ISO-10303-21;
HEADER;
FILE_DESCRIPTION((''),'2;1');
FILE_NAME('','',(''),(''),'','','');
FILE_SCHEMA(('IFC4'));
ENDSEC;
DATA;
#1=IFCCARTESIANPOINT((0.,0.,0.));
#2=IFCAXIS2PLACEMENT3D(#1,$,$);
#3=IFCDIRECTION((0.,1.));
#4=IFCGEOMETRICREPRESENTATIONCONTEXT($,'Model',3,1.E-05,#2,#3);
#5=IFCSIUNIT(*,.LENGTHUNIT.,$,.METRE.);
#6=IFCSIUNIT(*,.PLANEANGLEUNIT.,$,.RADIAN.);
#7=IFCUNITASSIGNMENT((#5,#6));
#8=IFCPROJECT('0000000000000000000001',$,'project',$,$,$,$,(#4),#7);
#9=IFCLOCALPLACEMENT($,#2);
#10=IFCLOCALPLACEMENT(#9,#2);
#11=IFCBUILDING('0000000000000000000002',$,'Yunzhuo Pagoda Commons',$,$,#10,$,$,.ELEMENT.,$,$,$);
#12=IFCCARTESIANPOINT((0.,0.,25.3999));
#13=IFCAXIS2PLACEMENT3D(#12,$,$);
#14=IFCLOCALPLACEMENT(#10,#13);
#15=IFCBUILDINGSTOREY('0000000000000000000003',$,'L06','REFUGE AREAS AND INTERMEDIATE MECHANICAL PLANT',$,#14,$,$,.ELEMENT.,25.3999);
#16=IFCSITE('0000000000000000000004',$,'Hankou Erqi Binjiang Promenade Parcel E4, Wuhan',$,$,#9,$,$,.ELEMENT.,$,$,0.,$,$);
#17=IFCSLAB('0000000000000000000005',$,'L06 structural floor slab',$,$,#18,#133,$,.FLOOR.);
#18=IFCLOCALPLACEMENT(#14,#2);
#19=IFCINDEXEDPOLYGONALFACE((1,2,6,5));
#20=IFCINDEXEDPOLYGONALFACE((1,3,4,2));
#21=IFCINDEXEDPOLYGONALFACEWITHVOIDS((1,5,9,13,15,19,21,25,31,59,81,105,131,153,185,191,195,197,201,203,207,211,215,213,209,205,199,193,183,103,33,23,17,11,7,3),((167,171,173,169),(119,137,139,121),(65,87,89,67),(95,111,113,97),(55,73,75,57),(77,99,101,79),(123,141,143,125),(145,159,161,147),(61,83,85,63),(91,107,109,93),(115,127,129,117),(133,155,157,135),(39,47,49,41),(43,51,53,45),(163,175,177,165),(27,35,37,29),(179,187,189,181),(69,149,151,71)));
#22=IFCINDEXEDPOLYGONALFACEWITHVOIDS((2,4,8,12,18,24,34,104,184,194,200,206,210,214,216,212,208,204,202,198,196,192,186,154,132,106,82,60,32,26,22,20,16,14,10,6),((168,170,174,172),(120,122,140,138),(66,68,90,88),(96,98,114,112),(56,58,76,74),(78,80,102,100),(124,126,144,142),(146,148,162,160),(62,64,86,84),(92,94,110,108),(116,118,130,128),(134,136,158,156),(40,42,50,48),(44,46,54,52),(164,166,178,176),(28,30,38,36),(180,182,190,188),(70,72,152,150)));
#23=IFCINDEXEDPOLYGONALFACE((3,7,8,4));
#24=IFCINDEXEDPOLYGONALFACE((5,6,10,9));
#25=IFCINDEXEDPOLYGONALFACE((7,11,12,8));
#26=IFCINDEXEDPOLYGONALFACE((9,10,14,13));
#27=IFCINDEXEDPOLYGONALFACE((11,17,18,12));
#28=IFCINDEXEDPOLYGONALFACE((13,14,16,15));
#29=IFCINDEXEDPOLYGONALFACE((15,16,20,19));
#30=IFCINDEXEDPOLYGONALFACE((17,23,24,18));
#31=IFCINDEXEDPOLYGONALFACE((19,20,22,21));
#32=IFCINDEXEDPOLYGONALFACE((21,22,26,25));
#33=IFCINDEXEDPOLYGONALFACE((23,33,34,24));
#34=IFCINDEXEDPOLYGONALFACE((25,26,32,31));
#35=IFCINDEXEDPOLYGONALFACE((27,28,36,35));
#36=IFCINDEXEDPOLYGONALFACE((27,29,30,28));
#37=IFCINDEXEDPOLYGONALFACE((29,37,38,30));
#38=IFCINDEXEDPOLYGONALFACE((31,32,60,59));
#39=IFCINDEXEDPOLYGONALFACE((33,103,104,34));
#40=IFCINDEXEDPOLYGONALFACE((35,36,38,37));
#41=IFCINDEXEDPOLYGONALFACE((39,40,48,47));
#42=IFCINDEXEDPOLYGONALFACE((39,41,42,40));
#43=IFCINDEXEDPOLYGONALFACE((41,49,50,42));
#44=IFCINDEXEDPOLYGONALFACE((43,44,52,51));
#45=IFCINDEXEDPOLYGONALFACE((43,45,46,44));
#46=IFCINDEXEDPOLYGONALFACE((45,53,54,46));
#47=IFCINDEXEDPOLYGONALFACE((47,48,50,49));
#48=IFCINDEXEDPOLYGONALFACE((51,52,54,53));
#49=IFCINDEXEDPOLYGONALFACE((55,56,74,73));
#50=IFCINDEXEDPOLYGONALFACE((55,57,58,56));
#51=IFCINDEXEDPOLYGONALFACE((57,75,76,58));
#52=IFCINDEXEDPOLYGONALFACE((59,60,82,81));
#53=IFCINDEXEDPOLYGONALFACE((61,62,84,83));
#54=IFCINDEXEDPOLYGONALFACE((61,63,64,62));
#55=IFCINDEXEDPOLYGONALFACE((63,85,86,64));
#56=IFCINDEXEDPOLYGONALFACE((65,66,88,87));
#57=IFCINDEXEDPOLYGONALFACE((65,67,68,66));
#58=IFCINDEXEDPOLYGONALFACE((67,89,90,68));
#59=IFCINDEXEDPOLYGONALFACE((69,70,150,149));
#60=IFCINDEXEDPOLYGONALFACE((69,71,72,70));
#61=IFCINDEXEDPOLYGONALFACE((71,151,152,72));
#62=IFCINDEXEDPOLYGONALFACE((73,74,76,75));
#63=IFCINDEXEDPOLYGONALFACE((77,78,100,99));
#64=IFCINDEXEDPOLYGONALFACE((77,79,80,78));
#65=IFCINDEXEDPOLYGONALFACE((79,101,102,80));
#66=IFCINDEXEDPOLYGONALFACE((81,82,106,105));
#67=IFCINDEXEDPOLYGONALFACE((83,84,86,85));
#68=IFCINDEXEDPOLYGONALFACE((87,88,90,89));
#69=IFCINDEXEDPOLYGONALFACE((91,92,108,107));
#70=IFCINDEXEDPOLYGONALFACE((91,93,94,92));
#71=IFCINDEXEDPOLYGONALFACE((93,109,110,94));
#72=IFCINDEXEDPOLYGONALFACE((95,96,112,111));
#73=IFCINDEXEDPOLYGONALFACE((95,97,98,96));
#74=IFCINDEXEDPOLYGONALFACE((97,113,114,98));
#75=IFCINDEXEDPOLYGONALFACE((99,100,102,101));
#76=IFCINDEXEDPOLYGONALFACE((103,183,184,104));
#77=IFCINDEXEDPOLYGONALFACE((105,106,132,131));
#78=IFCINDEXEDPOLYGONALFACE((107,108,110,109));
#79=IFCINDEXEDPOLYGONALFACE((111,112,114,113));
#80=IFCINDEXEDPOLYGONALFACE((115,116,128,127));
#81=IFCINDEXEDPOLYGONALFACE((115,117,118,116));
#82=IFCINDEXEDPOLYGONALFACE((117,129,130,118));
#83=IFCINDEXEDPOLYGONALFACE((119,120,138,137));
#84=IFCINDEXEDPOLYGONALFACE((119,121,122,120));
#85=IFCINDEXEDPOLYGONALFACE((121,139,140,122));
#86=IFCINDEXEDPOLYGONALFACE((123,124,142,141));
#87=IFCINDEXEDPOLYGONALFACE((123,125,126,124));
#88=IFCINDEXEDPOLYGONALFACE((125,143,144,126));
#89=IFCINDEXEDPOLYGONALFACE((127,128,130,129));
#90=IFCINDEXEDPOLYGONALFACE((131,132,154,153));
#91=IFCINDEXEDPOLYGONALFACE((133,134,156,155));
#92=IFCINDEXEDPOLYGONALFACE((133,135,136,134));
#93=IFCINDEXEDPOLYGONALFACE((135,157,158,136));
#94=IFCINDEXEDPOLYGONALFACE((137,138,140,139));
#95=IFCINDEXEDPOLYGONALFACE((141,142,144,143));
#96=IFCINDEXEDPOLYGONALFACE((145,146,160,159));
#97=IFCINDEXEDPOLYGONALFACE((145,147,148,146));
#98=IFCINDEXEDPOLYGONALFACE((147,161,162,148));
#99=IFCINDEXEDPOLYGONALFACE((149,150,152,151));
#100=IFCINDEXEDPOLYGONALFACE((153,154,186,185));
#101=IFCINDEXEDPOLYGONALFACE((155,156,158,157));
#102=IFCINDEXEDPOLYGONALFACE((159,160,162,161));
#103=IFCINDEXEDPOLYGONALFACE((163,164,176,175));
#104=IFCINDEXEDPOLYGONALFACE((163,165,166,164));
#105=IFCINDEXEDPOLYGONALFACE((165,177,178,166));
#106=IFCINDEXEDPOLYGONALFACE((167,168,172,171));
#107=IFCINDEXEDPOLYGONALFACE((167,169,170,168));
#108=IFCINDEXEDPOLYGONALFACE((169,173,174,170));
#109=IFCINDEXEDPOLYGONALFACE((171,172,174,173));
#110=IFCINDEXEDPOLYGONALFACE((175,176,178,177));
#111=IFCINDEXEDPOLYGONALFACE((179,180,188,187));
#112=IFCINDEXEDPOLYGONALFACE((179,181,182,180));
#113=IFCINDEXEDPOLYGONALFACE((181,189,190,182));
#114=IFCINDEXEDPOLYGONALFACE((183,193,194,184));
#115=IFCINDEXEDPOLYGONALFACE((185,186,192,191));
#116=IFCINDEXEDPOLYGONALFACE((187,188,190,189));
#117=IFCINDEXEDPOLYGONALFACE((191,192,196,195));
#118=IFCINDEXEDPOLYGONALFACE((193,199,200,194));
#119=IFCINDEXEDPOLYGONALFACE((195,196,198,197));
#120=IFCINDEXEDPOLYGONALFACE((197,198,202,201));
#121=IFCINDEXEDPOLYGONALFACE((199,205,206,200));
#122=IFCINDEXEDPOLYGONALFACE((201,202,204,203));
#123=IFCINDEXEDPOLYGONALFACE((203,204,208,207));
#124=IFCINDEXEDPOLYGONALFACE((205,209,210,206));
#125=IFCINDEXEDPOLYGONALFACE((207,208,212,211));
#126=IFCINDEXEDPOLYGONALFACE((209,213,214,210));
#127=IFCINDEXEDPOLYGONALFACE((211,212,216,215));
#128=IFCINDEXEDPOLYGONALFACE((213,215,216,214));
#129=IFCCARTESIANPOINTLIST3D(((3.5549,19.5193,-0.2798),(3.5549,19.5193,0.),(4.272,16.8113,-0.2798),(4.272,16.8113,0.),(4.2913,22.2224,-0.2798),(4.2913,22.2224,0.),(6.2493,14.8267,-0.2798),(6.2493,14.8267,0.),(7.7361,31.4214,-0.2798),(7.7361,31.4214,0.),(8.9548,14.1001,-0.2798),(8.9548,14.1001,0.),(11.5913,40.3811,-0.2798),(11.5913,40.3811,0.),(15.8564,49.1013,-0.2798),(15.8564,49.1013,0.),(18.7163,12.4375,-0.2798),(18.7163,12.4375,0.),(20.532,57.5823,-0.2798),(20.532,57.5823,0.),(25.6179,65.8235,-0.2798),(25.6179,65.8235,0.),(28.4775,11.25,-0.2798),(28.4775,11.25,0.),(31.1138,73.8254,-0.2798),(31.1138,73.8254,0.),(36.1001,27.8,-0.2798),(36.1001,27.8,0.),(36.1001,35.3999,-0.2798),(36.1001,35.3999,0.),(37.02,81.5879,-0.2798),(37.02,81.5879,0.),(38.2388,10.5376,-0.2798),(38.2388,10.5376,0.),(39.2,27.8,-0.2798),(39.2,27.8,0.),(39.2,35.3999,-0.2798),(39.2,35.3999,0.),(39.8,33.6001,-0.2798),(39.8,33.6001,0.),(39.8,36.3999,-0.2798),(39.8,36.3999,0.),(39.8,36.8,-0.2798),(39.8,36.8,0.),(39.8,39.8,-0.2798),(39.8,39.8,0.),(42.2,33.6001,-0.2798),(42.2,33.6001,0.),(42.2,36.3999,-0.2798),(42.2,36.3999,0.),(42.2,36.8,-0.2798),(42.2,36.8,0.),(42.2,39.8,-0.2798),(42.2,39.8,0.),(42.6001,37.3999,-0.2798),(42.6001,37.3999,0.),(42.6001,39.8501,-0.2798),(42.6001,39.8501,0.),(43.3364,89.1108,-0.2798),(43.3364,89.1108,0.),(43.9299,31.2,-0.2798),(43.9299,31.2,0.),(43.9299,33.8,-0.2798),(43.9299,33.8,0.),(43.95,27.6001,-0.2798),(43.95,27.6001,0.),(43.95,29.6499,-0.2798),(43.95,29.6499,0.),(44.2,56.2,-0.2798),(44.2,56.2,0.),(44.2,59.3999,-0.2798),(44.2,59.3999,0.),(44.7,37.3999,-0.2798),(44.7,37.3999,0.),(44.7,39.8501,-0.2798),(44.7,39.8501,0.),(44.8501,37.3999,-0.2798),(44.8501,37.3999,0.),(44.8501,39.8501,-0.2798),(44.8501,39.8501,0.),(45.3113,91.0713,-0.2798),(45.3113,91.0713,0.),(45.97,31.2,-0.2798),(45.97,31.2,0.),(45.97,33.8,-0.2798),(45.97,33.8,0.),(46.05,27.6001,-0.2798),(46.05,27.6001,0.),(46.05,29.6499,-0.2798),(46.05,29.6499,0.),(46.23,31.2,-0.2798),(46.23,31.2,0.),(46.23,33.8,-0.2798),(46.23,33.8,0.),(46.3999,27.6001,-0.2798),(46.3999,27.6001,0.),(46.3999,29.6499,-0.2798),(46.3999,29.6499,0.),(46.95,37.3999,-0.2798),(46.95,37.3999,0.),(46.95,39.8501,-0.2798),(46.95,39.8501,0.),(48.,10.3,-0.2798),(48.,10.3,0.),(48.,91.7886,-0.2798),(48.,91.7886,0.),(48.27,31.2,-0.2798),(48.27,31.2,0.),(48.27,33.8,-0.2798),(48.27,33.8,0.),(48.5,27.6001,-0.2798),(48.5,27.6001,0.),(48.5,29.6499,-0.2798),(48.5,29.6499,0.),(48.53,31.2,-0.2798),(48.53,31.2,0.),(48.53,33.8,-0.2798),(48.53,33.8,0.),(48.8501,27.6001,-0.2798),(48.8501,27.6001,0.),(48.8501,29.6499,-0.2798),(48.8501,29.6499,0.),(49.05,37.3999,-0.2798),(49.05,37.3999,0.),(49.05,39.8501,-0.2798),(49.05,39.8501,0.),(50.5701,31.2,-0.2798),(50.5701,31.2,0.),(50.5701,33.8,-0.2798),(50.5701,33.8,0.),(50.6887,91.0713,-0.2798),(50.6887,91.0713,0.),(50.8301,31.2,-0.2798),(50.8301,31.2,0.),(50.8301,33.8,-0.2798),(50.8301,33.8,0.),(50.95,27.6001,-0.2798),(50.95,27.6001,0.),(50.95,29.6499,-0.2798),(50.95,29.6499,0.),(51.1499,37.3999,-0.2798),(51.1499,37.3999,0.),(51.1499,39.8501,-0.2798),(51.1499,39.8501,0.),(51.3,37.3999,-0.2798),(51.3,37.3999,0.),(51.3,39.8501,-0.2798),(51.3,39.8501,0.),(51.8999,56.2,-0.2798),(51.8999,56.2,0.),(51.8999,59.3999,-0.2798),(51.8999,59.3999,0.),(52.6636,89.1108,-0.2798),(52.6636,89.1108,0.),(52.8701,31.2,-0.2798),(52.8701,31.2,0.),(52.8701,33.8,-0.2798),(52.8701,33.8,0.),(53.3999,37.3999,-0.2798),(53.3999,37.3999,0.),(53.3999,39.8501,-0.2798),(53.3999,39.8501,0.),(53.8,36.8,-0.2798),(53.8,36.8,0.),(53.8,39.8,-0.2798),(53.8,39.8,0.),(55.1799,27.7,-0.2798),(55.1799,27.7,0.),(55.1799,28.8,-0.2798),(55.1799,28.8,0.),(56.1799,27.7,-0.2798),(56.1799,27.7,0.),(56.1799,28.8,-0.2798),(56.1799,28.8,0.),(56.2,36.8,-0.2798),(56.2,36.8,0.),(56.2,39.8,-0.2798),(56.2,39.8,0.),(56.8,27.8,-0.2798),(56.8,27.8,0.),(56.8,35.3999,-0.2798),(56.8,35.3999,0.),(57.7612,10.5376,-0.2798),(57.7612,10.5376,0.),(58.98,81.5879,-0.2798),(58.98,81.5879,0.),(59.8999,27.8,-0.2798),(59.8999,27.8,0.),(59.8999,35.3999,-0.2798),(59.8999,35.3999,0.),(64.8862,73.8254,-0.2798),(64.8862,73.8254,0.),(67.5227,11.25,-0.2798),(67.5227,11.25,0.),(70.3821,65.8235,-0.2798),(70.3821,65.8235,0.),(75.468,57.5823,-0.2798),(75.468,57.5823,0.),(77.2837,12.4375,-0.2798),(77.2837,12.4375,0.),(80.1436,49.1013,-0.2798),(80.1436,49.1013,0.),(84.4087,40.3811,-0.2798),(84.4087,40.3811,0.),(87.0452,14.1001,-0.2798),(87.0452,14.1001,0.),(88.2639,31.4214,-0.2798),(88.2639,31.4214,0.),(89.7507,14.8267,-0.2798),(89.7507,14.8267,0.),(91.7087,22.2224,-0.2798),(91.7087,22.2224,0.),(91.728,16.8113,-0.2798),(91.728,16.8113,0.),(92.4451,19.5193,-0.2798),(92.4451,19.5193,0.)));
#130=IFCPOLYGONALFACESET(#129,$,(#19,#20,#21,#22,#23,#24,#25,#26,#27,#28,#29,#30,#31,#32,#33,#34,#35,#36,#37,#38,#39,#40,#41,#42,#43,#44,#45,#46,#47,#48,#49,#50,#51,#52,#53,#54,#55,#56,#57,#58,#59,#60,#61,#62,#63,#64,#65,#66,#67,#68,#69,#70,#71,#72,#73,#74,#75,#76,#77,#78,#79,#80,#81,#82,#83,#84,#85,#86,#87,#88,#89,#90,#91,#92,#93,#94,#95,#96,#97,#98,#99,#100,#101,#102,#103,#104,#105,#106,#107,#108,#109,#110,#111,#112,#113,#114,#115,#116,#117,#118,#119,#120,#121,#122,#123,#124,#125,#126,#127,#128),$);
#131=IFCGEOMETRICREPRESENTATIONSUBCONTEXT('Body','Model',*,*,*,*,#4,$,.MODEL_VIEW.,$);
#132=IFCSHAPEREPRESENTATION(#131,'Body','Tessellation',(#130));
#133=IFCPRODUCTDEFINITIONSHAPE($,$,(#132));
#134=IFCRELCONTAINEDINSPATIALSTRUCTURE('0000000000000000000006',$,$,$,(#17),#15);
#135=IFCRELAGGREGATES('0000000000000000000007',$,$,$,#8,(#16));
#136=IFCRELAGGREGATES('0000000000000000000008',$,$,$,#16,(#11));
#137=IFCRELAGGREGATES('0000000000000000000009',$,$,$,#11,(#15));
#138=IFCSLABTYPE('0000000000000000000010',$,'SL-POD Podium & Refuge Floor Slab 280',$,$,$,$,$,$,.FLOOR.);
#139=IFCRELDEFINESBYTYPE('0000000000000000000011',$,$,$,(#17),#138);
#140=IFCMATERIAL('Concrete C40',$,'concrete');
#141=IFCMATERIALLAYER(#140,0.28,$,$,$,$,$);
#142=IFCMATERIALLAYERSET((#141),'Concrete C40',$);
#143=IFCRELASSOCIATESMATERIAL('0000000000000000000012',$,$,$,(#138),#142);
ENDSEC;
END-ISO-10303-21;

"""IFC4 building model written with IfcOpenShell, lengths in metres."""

from ifc_helpers import new_model, si_unit, direction, frame, origin, place, context, subcontext, project, spatial, polyline, outline, extrude, material, layer, layer_set, type_object, element, save


model = new_model("IFC4")

# Units and contexts
model_context = context("Model", 3, precision=1e-05, world=origin(), true_north=direction((0.0, 1.0)))
body_context = subcontext(model_context, "Body", "Model", "MODEL_VIEW")
ifc_project = project(units=[si_unit("LENGTHUNIT", "METRE"), si_unit("PLANEANGLEUNIT", "RADIAN")], contexts=[model_context])

# Site, building, storey
site_placement = place(None, origin())
site = spatial("IfcSite", under=ifc_project, at=site_placement, Name="Hankou Erqi Binjiang Promenade Parcel E4, Wuhan", CompositionType="ELEMENT", RefElevation=0.0)
building_placement = place(site_placement, origin())
building = spatial("IfcBuilding", under=site, at=building_placement, Name="Yunzhuo Pagoda Commons", CompositionType="ELEMENT")
storey_placement = place(building_placement, frame((0.0, 0.0, 25.3999)))
storey = spatial("IfcBuildingStorey", under=building, at=storey_placement, Name="L06", Description="REFUGE AREAS AND INTERMEDIATE MECHANICAL PLANT", CompositionType="ELEMENT", Elevation=25.3999)

# Shared definitions
ifc_material_1 = material(Name="Concrete C40", Category="concrete")

# Slab
ifc_layer_1 = layer(ifc_material_1, 0.28)
ifc_layer_set_1 = layer_set([ifc_layer_1], Name="Concrete C40")
slab_type_1 = type_object("IfcSlabType", Name="SL-POD Podium & Refuge Floor Slab 280", PredefinedType="FLOOR", material=ifc_layer_set_1)
slab_1_placement = place(storey_placement, frame((0.0, 0.0, -0.2798)))
element("IfcSlab", 1, at=slab_1_placement, inside=storey, type_object=slab_type_1, Name="L06 structural floor slab", PredefinedType="FLOOR", context=body_context, shape_type="SweptSolid", body=[
    extrude(outline(polyline([(7.7361, 31.4214), (11.5913, 40.3811), (15.8564, 49.1013), (20.532, 57.5823), (25.6179, 65.8235), (31.1138, 73.8254), (37.02, 81.5879), (43.3364, 89.1108), (45.3113, 91.0713), (48.0, 91.7886), (50.6887, 91.0713), (52.6636, 89.1108), (58.98, 81.5879), (64.8862, 73.8254), (70.3821, 65.8235), (75.468, 57.5823), (80.1436, 49.1013), (84.4087, 40.3811), (88.2639, 31.4214), (91.7087, 22.2224), (92.4451, 19.5193), (91.728, 16.8113), (89.7507, 14.8267), (87.0452, 14.1001), (77.2837, 12.4375), (67.5227, 11.25), (57.7612, 10.5376), (48.0, 10.3), (38.2388, 10.5376), (28.4775, 11.25), (18.7163, 12.4375), (8.9548, 14.1001), (6.2493, 14.8267), (4.272, 16.8113), (3.5549, 19.5193), (4.2913, 22.2224), (7.7361, 31.4214)]), holes=[polyline([(46.05, 27.6001), (46.05, 29.6499), (43.95, 29.6499), (43.95, 27.6001), (46.05, 27.6001)]), polyline([(48.5, 27.6001), (48.5, 29.6499), (46.3999, 29.6499), (46.3999, 27.6001), (48.5, 27.6001)]), polyline([(36.1001, 27.8), (39.2, 27.8), (39.2, 35.3999), (36.1001, 35.3999), (36.1001, 27.8)]), polyline([(43.9299, 31.2), (45.97, 31.2), (45.97, 33.8), (43.9299, 33.8), (43.9299, 31.2)]), polyline([(46.23, 31.2), (48.27, 31.2), (48.27, 33.8), (46.23, 33.8), (46.23, 31.2)]), polyline([(42.2, 33.6001), (42.2, 36.3999), (39.8, 36.3999), (39.8, 33.6001), (42.2, 33.6001)]), polyline([(42.2, 36.8), (42.2, 39.8), (39.8, 39.8), (39.8, 36.8), (42.2, 36.8)]), polyline([(44.7, 37.3999), (44.7, 39.8501), (42.6001, 39.8501), (42.6001, 37.3999), (44.7, 37.3999)]), polyline([(44.8501, 37.3999), (46.95, 37.3999), (46.95, 39.8501), (44.8501, 39.8501), (44.8501, 37.3999)]), polyline([(56.1799, 27.7), (56.1799, 28.8), (55.1799, 28.8), (55.1799, 27.7), (56.1799, 27.7)]), polyline([(50.95, 27.6001), (50.95, 29.6499), (48.8501, 29.6499), (48.8501, 27.6001), (50.95, 27.6001)]), polyline([(56.8, 27.8), (59.8999, 27.8), (59.8999, 35.3999), (56.8, 35.3999), (56.8, 27.8)]), polyline([(48.53, 31.2), (50.5701, 31.2), (50.5701, 33.8), (48.53, 33.8), (48.53, 31.2)]), polyline([(50.8301, 31.2), (52.8701, 31.2), (52.8701, 33.8), (50.8301, 33.8), (50.8301, 31.2)]), polyline([(56.2, 36.8), (56.2, 39.8), (53.8, 39.8), (53.8, 36.8), (56.2, 36.8)]), polyline([(51.1499, 37.3999), (51.1499, 39.8501), (49.05, 39.8501), (49.05, 37.3999), (51.1499, 37.3999)]), polyline([(53.3999, 37.3999), (53.3999, 39.8501), (51.3, 39.8501), (51.3, 37.3999), (53.3999, 37.3999)]), polyline([(44.2, 56.2), (51.8999, 56.2), (51.8999, 59.3999), (44.2, 59.3999), (44.2, 56.2)])]), origin(), (0.0, 0.0, 1.0), 0.2798),
])

save(model, "model.ifc")
